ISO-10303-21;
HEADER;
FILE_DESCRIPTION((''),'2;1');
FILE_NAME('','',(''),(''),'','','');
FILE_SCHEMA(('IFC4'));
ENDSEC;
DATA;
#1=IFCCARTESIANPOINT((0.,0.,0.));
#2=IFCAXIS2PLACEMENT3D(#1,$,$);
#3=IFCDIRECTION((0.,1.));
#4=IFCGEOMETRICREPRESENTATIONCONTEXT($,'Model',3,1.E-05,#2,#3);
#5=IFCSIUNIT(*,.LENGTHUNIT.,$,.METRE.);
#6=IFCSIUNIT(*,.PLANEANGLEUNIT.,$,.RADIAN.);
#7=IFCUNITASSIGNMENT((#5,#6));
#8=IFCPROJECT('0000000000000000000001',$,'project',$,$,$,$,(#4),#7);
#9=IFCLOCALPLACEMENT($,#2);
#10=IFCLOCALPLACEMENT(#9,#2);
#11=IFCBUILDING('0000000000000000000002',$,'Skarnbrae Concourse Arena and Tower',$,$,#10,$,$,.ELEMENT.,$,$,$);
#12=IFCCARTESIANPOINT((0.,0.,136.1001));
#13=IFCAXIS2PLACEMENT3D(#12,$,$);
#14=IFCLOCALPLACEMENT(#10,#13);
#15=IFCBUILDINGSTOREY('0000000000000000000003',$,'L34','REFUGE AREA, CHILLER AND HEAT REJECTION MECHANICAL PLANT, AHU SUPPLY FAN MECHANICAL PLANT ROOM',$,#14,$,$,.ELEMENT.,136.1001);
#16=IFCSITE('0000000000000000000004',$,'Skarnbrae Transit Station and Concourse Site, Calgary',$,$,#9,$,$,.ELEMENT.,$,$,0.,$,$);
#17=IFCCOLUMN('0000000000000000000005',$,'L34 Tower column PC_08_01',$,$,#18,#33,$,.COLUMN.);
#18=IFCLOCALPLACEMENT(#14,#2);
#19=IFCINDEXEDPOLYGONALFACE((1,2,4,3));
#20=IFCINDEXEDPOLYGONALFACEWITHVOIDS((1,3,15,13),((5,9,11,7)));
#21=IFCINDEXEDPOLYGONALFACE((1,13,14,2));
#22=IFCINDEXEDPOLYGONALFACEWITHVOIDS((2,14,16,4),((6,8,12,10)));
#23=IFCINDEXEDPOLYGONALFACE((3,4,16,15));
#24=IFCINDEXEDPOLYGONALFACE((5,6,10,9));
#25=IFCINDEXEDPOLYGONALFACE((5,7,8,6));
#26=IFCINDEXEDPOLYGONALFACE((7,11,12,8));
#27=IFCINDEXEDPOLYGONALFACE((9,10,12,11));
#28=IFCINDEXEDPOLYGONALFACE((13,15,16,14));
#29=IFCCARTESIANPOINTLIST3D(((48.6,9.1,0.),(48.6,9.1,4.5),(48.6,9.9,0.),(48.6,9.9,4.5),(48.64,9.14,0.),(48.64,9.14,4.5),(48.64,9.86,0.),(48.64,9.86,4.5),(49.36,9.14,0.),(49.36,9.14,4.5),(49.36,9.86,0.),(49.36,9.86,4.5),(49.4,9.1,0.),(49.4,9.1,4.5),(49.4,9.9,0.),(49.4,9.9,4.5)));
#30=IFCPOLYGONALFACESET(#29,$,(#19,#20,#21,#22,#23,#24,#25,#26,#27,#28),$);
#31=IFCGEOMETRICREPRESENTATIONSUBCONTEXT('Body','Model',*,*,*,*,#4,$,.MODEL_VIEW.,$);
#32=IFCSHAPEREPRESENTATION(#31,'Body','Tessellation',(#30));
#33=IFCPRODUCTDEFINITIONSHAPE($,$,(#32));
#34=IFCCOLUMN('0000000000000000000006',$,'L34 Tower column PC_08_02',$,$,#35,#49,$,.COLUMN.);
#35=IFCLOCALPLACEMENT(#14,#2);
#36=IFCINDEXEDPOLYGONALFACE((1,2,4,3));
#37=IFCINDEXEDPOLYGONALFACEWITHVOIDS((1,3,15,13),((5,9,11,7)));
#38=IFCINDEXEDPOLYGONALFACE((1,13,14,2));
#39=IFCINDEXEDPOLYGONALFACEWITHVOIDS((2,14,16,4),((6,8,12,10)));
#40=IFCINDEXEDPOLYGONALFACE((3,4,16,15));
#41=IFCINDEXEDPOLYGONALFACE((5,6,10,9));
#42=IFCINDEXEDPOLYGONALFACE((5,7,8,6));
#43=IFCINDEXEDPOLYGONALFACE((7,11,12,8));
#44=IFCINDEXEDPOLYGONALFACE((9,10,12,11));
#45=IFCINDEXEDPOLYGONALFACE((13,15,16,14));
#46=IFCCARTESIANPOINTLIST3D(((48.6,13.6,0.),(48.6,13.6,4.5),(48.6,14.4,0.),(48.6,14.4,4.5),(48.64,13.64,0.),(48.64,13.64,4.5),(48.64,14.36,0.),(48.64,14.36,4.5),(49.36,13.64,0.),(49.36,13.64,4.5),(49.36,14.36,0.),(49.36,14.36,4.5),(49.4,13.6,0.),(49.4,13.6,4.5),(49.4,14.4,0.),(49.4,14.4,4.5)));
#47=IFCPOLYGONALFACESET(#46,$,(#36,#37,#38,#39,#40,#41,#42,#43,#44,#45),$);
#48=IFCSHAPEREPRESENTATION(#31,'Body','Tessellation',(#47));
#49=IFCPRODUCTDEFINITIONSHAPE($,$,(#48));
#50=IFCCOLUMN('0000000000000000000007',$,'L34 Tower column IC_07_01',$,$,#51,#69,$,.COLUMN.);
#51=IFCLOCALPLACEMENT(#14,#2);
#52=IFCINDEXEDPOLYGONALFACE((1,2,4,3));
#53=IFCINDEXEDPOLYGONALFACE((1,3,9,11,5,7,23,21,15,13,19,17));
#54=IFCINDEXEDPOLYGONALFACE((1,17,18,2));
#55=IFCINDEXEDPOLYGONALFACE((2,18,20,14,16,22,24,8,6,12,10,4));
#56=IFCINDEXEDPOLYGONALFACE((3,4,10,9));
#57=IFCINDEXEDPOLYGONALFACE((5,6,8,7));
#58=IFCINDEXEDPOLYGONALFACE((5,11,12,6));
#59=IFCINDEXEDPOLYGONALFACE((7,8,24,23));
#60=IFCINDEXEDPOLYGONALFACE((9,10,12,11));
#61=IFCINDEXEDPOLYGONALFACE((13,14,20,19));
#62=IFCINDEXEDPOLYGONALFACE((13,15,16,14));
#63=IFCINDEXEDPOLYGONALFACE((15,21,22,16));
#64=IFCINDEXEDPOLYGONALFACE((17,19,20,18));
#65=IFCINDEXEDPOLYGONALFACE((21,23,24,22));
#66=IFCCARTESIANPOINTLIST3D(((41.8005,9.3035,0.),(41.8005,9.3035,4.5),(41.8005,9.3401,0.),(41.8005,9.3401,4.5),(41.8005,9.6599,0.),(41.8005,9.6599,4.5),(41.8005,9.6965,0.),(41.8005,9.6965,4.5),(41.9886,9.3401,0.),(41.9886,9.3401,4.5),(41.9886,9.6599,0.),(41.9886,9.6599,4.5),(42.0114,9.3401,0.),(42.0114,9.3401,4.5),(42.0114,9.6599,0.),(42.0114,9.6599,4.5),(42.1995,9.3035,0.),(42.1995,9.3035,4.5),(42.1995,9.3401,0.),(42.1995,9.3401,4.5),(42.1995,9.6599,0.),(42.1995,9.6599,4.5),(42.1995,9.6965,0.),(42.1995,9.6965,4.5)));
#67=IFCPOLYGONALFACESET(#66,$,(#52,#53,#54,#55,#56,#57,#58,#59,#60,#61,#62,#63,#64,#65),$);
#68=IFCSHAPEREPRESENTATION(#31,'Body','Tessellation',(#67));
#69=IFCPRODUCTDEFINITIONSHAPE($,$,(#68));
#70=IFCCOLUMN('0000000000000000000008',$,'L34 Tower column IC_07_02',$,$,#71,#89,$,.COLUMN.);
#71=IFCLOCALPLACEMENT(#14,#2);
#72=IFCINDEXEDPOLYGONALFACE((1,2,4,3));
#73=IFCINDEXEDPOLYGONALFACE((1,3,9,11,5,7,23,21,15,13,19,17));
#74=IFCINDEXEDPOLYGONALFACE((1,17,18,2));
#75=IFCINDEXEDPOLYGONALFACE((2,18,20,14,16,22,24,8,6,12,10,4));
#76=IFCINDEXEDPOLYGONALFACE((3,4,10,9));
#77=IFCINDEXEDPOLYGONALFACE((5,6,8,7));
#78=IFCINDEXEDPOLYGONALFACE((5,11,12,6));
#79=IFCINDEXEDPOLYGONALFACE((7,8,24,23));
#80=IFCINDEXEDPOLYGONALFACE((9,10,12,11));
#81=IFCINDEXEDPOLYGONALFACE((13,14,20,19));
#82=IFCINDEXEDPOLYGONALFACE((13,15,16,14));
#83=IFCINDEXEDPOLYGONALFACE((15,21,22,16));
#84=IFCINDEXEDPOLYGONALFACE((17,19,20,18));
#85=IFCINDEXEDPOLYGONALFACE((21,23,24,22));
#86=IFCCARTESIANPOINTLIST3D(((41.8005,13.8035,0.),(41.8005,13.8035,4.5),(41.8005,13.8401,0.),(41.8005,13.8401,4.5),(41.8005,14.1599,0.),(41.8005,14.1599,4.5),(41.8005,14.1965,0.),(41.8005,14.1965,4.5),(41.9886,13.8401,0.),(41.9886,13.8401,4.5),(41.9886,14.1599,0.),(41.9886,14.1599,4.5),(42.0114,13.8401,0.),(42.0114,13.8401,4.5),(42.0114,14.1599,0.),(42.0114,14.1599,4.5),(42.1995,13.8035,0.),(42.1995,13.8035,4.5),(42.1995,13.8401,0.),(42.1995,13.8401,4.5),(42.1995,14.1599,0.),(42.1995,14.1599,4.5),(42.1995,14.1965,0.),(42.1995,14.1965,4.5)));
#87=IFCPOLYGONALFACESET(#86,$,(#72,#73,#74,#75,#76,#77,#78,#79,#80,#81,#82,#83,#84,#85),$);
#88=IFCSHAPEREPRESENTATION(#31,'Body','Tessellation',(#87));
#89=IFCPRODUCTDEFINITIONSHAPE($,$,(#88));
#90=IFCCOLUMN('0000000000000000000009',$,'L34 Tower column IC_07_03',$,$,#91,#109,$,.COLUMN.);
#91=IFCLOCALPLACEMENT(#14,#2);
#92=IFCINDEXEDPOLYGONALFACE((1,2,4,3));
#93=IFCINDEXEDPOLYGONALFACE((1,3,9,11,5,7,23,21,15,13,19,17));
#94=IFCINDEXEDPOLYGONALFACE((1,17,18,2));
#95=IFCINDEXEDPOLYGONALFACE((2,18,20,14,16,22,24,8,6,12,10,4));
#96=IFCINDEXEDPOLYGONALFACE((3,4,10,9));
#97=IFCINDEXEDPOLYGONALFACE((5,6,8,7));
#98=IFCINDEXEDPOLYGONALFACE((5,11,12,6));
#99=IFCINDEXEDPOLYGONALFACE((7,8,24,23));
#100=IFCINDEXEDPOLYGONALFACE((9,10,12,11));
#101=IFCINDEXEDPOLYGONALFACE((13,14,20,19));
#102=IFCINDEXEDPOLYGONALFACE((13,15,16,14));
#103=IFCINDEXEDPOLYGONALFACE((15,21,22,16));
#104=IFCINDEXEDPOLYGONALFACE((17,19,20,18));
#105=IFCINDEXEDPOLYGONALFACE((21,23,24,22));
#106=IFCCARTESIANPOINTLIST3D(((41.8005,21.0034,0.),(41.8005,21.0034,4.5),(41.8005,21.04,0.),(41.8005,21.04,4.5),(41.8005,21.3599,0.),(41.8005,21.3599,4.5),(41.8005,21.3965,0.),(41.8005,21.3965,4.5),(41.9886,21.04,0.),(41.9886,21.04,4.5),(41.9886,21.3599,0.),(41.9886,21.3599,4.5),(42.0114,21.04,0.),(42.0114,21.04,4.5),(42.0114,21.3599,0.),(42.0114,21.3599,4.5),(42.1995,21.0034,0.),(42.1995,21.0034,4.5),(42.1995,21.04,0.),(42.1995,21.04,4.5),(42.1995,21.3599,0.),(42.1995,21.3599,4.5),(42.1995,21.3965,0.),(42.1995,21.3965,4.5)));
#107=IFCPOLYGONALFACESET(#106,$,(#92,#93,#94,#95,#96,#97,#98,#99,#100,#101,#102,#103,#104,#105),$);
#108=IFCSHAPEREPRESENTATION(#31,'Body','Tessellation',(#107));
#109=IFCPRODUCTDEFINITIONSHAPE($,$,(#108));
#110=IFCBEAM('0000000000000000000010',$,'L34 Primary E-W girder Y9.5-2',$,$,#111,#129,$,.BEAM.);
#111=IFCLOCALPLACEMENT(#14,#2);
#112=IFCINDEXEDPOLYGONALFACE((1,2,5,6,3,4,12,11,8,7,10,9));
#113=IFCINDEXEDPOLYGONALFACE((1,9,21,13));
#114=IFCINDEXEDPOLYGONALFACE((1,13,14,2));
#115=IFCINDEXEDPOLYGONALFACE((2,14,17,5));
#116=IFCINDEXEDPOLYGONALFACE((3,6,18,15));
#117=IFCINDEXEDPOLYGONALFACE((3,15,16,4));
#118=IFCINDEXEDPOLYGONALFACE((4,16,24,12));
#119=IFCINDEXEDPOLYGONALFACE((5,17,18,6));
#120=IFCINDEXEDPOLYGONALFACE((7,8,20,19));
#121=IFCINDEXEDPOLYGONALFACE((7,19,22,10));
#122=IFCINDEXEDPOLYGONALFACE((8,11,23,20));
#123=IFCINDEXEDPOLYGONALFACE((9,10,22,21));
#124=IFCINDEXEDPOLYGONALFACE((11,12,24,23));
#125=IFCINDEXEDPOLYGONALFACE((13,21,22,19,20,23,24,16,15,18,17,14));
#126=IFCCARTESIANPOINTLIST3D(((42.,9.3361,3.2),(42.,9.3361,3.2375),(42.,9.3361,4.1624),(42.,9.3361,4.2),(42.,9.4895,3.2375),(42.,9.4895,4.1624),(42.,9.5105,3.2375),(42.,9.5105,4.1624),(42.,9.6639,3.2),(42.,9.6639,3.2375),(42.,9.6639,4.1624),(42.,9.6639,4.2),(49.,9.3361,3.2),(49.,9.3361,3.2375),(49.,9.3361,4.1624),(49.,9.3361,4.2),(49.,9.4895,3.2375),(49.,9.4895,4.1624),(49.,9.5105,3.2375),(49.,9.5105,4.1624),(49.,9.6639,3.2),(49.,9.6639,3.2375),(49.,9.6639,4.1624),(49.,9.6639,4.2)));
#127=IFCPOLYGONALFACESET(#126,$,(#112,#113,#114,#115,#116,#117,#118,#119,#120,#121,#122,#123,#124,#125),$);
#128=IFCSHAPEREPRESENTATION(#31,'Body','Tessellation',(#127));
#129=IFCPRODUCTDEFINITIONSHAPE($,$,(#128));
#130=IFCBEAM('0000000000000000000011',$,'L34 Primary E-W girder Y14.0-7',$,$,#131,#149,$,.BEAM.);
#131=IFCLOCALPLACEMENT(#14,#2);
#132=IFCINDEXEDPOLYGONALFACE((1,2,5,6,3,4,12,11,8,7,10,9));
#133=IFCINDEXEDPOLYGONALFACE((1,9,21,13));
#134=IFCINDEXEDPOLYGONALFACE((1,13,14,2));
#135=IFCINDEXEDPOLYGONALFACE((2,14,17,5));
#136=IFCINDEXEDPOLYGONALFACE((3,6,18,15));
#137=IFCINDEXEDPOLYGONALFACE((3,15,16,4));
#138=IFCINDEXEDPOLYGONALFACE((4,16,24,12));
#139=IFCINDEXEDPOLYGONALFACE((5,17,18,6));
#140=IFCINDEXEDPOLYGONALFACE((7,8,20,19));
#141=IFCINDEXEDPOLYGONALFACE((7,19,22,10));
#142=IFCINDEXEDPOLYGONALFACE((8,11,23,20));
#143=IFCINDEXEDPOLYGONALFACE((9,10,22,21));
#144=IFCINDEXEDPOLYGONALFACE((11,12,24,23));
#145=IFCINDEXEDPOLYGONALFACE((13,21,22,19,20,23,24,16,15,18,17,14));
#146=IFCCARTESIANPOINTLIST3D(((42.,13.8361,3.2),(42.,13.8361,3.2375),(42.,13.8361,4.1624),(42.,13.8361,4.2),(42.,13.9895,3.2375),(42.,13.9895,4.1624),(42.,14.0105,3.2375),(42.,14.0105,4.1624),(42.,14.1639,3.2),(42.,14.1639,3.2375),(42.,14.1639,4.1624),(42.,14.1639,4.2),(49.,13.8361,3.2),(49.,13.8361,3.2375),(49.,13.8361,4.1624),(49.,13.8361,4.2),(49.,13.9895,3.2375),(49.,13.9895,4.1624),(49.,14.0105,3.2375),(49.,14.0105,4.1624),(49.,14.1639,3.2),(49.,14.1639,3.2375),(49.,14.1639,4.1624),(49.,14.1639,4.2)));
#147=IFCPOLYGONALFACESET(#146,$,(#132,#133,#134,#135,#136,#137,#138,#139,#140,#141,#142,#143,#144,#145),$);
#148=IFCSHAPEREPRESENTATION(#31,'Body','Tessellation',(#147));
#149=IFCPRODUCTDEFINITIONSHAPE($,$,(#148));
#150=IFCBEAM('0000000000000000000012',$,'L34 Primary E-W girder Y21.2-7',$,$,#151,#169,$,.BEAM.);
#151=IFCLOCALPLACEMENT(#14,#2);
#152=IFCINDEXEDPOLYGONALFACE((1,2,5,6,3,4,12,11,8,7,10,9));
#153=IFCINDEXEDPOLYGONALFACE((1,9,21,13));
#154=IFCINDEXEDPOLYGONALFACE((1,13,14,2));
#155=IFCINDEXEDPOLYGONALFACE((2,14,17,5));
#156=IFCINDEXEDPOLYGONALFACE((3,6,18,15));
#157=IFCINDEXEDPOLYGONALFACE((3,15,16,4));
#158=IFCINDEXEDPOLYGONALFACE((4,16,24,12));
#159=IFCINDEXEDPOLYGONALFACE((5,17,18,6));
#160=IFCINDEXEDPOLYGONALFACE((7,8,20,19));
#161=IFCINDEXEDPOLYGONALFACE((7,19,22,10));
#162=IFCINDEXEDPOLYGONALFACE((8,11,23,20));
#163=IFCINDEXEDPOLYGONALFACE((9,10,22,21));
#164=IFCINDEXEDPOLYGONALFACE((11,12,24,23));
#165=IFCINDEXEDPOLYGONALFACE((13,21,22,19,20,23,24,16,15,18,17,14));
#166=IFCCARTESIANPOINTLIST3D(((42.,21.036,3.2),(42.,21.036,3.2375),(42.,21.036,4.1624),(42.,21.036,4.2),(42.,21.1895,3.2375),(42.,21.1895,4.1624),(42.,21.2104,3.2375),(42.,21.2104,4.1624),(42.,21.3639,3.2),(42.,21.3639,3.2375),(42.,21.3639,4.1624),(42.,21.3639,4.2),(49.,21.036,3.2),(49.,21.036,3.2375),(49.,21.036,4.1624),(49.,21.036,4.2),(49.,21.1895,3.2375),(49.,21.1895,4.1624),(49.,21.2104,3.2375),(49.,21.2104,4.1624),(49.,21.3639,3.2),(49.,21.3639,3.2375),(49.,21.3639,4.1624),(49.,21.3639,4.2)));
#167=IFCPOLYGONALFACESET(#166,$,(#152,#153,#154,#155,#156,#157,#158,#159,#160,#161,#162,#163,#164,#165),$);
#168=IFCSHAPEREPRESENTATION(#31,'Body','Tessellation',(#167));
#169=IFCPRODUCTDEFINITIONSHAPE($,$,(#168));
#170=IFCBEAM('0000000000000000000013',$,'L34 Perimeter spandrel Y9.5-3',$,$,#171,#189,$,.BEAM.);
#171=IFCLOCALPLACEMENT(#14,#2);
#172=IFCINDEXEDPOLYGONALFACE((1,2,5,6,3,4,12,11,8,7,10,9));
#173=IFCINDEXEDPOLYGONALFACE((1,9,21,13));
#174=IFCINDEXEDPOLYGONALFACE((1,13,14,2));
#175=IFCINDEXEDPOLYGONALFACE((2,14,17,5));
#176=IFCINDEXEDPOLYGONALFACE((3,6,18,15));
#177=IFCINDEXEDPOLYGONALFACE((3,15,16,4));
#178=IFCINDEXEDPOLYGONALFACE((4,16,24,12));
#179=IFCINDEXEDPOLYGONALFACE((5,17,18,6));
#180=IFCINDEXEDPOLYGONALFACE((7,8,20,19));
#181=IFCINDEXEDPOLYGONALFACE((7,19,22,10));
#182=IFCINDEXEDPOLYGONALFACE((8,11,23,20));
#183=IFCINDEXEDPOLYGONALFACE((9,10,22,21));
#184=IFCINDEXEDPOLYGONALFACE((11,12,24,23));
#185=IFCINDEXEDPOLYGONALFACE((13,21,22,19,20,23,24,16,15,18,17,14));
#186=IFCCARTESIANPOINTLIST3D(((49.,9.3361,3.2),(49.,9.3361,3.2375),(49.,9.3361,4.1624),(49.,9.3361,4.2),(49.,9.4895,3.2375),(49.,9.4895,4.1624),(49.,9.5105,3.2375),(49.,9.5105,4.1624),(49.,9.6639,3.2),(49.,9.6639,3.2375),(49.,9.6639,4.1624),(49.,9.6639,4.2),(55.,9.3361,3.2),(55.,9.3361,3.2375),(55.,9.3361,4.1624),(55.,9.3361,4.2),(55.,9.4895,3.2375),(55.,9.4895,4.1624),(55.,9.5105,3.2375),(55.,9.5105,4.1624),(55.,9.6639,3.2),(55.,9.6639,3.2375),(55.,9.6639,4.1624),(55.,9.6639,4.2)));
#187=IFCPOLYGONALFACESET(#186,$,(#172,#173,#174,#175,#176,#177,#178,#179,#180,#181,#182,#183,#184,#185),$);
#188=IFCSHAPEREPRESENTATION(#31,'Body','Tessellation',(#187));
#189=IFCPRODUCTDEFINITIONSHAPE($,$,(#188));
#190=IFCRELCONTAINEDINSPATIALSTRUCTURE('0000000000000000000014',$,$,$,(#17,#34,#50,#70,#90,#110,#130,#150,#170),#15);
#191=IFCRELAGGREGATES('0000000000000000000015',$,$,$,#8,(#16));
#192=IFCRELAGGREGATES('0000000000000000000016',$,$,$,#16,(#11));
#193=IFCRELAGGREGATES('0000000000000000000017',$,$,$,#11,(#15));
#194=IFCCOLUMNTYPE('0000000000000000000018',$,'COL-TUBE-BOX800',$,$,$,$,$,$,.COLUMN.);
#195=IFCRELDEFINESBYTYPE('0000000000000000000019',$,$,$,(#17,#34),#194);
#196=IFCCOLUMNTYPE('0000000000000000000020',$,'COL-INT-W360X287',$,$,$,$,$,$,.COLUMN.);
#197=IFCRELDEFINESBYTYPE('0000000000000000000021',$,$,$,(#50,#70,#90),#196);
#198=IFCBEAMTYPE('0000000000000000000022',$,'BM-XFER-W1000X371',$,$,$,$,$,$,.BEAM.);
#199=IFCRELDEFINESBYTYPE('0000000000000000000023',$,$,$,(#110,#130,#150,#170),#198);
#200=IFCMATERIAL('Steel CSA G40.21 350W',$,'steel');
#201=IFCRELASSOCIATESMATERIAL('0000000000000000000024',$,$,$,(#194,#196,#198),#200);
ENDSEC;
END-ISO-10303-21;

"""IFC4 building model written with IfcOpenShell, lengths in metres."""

from ifc_helpers import new_model, si_unit, direction, frame, origin, origin_2d, place, context, subcontext, project, spatial, hollow_rectangle, i_section, extrude, source, transform, mapped, material, material_profile, profile_set, type_object, element, save


model = new_model("IFC4")

# Units and contexts
model_context = context("Model", 3, precision=1e-05, world=origin(), true_north=direction((0.0, 1.0)))
body_context = subcontext(model_context, "Body", "Model", "MODEL_VIEW")
ifc_project = project(units=[si_unit("LENGTHUNIT", "METRE"), si_unit("PLANEANGLEUNIT", "RADIAN")], contexts=[model_context])

# Site, building, storey
site_placement = place(None, origin())
site = spatial("IfcSite", under=ifc_project, at=site_placement, Name="Skarnbrae Transit Station and Concourse Site, Calgary", CompositionType="ELEMENT", RefElevation=0.0)
building_placement = place(site_placement, origin())
building = spatial("IfcBuilding", under=site, at=building_placement, Name="Skarnbrae Concourse Arena and Tower", CompositionType="ELEMENT")
storey_placement = place(building_placement, frame((0.0, 0.0, 136.1001)))
storey = spatial("IfcBuildingStorey", under=building, at=storey_placement, Name="L34", Description="REFUGE AREA, CHILLER AND HEAT REJECTION MECHANICAL PLANT, AHU SUPPLY FAN MECHANICAL PLANT ROOM", CompositionType="ELEMENT", Elevation=136.1001)

# Columns
ifc_material_1 = material(Name="Steel CSA G40.21 350W", Category="steel")
ifc_material_profile_1 = material_profile(ifc_material_1, hollow_rectangle(XDim=0.8, YDim=0.8, WallThickness=0.04, at=origin_2d()), Name="BOX800X800X40")
ifc_profile_set_1 = profile_set([ifc_material_profile_1], Name="Steel CSA G40.21 350W")
column_type_1 = type_object("IfcColumnType", Name="COL-TUBE-BOX800", PredefinedType="COLUMN", material=ifc_profile_set_1)
shared_shape_1 = source(origin(), body_context, "Body", "SweptSolid", [
    extrude(hollow_rectangle(XDim=0.8, YDim=0.8, WallThickness=0.04, at=origin_2d()), origin(), (0.0, 0.0, 1.0), 4.5),
])
for number, where, z_axis, x_axis, name in (
    (1, (49.0, 9.5, 0.0), (0.0, 0.0, 1.0), (1.0, 0.0, 0.0), "L34 Tower column PC_08_01"),
    (2, (49.0, 14.0, 0.0), (0.0, 0.0, 1.0), (1.0, 0.0, 0.0), "L34 Tower column PC_08_02"),
):
    element("IfcColumn", number, at=place(storey_placement, frame(where, z_axis=z_axis, x_axis=x_axis)), inside=storey, type_object=column_type_1, Name=name, PredefinedType="COLUMN", context=body_context, shape_type="MappedRepresentation", body=[
        mapped(shared_shape_1, transform((0.0, 0.0, 0.0))),
    ])
ifc_material_profile_2 = material_profile(ifc_material_1, i_section(OverallWidth=0.3989, OverallDepth=0.3931, WebThickness=0.0227, FlangeThickness=0.0366, at=origin_2d()), Name="W360X287")
ifc_profile_set_2 = profile_set([ifc_material_profile_2], Name="Steel CSA G40.21 350W")
column_type_2 = type_object("IfcColumnType", Name="COL-INT-W360X287", PredefinedType="COLUMN", material=ifc_profile_set_2)
shared_shape_2 = source(origin(), body_context, "Body", "SweptSolid", [
    extrude(i_section(OverallWidth=0.3989, OverallDepth=0.3931, WebThickness=0.0227, FlangeThickness=0.0366, at=origin_2d()), origin(), (0.0, 0.0, 1.0), 4.5),
])
for number, where, z_axis, x_axis, name in (
    (3, (42.0, 9.5, 0.0), (0.0, 0.0, 1.0), (1.0, 0.0, 0.0), "L34 Tower column IC_07_01"),
    (4, (42.0, 14.0, 0.0), (0.0, 0.0, 1.0), (1.0, 0.0, 0.0), "L34 Tower column IC_07_02"),
    (5, (42.0, 21.2, 0.0), (0.0, 0.0, 1.0), (1.0, 0.0, 0.0), "L34 Tower column IC_07_03"),
):
    element("IfcColumn", number, at=place(storey_placement, frame(where, z_axis=z_axis, x_axis=x_axis)), inside=storey, type_object=column_type_2, Name=name, PredefinedType="COLUMN", context=body_context, shape_type="MappedRepresentation", body=[
        mapped(shared_shape_2, transform((0.0, 0.0, 0.0))),
    ])

# Beams
ifc_material_profile_3 = material_profile(ifc_material_1, i_section(OverallWidth=0.3279, OverallDepth=1.0, WebThickness=0.021, FlangeThickness=0.0376, at=origin_2d()), Name="W1000X371")
ifc_profile_set_3 = profile_set([ifc_material_profile_3], Name="Steel CSA G40.21 350W")
beam_type_1 = type_object("IfcBeamType", Name="BM-XFER-W1000X371", PredefinedType="BEAM", material=ifc_profile_set_3)
shared_shape_3 = source(origin(), body_context, "Body", "SweptSolid", [
    extrude(i_section(OverallWidth=0.3279, OverallDepth=1.0, WebThickness=0.021, FlangeThickness=0.0376, at=origin_2d()), origin(), (0.0, 0.0, 1.0), 7.0),
])
for number, where, z_axis, x_axis, name in (
    (6, (42.0, 9.5, 3.7), (1.0, 0.0, 0.0), (0.0, 1.0, 0.0), "L34 Primary E-W girder Y9.5-2"),
    (7, (42.0, 14.0, 3.7), (1.0, 0.0, 0.0), (0.0, 1.0, 0.0), "L34 Primary E-W girder Y14.0-7"),
    (8, (42.0, 21.2, 3.7), (1.0, 0.0, 0.0), (0.0, 1.0, 0.0), "L34 Primary E-W girder Y21.2-7"),
):
    element("IfcBeam", number, at=place(storey_placement, frame(where, z_axis=z_axis, x_axis=x_axis)), inside=storey, type_object=beam_type_1, Name=name, PredefinedType="BEAM", context=body_context, shape_type="MappedRepresentation", body=[
        mapped(shared_shape_3, transform((0.0, 0.0, 0.0))),
    ])
shared_shape_4 = source(origin(), body_context, "Body", "SweptSolid", [
    extrude(i_section(OverallWidth=0.3279, OverallDepth=1.0, WebThickness=0.021, FlangeThickness=0.0376, at=origin_2d()), origin(), (0.0, 0.0, 1.0), 6.0),
])
for number, where, z_axis, x_axis, name in (
    (9, (49.0, 9.5, 3.7), (1.0, 0.0, 0.0), (0.0, 1.0, 0.0), "L34 Perimeter spandrel Y9.5-3"),
):
    element("IfcBeam", number, at=place(storey_placement, frame(where, z_axis=z_axis, x_axis=x_axis)), inside=storey, type_object=beam_type_1, Name=name, PredefinedType="BEAM", context=body_context, shape_type="MappedRepresentation", body=[
        mapped(shared_shape_4, transform((0.0, 0.0, 0.0))),
    ])

save(model, "model.ifc")
